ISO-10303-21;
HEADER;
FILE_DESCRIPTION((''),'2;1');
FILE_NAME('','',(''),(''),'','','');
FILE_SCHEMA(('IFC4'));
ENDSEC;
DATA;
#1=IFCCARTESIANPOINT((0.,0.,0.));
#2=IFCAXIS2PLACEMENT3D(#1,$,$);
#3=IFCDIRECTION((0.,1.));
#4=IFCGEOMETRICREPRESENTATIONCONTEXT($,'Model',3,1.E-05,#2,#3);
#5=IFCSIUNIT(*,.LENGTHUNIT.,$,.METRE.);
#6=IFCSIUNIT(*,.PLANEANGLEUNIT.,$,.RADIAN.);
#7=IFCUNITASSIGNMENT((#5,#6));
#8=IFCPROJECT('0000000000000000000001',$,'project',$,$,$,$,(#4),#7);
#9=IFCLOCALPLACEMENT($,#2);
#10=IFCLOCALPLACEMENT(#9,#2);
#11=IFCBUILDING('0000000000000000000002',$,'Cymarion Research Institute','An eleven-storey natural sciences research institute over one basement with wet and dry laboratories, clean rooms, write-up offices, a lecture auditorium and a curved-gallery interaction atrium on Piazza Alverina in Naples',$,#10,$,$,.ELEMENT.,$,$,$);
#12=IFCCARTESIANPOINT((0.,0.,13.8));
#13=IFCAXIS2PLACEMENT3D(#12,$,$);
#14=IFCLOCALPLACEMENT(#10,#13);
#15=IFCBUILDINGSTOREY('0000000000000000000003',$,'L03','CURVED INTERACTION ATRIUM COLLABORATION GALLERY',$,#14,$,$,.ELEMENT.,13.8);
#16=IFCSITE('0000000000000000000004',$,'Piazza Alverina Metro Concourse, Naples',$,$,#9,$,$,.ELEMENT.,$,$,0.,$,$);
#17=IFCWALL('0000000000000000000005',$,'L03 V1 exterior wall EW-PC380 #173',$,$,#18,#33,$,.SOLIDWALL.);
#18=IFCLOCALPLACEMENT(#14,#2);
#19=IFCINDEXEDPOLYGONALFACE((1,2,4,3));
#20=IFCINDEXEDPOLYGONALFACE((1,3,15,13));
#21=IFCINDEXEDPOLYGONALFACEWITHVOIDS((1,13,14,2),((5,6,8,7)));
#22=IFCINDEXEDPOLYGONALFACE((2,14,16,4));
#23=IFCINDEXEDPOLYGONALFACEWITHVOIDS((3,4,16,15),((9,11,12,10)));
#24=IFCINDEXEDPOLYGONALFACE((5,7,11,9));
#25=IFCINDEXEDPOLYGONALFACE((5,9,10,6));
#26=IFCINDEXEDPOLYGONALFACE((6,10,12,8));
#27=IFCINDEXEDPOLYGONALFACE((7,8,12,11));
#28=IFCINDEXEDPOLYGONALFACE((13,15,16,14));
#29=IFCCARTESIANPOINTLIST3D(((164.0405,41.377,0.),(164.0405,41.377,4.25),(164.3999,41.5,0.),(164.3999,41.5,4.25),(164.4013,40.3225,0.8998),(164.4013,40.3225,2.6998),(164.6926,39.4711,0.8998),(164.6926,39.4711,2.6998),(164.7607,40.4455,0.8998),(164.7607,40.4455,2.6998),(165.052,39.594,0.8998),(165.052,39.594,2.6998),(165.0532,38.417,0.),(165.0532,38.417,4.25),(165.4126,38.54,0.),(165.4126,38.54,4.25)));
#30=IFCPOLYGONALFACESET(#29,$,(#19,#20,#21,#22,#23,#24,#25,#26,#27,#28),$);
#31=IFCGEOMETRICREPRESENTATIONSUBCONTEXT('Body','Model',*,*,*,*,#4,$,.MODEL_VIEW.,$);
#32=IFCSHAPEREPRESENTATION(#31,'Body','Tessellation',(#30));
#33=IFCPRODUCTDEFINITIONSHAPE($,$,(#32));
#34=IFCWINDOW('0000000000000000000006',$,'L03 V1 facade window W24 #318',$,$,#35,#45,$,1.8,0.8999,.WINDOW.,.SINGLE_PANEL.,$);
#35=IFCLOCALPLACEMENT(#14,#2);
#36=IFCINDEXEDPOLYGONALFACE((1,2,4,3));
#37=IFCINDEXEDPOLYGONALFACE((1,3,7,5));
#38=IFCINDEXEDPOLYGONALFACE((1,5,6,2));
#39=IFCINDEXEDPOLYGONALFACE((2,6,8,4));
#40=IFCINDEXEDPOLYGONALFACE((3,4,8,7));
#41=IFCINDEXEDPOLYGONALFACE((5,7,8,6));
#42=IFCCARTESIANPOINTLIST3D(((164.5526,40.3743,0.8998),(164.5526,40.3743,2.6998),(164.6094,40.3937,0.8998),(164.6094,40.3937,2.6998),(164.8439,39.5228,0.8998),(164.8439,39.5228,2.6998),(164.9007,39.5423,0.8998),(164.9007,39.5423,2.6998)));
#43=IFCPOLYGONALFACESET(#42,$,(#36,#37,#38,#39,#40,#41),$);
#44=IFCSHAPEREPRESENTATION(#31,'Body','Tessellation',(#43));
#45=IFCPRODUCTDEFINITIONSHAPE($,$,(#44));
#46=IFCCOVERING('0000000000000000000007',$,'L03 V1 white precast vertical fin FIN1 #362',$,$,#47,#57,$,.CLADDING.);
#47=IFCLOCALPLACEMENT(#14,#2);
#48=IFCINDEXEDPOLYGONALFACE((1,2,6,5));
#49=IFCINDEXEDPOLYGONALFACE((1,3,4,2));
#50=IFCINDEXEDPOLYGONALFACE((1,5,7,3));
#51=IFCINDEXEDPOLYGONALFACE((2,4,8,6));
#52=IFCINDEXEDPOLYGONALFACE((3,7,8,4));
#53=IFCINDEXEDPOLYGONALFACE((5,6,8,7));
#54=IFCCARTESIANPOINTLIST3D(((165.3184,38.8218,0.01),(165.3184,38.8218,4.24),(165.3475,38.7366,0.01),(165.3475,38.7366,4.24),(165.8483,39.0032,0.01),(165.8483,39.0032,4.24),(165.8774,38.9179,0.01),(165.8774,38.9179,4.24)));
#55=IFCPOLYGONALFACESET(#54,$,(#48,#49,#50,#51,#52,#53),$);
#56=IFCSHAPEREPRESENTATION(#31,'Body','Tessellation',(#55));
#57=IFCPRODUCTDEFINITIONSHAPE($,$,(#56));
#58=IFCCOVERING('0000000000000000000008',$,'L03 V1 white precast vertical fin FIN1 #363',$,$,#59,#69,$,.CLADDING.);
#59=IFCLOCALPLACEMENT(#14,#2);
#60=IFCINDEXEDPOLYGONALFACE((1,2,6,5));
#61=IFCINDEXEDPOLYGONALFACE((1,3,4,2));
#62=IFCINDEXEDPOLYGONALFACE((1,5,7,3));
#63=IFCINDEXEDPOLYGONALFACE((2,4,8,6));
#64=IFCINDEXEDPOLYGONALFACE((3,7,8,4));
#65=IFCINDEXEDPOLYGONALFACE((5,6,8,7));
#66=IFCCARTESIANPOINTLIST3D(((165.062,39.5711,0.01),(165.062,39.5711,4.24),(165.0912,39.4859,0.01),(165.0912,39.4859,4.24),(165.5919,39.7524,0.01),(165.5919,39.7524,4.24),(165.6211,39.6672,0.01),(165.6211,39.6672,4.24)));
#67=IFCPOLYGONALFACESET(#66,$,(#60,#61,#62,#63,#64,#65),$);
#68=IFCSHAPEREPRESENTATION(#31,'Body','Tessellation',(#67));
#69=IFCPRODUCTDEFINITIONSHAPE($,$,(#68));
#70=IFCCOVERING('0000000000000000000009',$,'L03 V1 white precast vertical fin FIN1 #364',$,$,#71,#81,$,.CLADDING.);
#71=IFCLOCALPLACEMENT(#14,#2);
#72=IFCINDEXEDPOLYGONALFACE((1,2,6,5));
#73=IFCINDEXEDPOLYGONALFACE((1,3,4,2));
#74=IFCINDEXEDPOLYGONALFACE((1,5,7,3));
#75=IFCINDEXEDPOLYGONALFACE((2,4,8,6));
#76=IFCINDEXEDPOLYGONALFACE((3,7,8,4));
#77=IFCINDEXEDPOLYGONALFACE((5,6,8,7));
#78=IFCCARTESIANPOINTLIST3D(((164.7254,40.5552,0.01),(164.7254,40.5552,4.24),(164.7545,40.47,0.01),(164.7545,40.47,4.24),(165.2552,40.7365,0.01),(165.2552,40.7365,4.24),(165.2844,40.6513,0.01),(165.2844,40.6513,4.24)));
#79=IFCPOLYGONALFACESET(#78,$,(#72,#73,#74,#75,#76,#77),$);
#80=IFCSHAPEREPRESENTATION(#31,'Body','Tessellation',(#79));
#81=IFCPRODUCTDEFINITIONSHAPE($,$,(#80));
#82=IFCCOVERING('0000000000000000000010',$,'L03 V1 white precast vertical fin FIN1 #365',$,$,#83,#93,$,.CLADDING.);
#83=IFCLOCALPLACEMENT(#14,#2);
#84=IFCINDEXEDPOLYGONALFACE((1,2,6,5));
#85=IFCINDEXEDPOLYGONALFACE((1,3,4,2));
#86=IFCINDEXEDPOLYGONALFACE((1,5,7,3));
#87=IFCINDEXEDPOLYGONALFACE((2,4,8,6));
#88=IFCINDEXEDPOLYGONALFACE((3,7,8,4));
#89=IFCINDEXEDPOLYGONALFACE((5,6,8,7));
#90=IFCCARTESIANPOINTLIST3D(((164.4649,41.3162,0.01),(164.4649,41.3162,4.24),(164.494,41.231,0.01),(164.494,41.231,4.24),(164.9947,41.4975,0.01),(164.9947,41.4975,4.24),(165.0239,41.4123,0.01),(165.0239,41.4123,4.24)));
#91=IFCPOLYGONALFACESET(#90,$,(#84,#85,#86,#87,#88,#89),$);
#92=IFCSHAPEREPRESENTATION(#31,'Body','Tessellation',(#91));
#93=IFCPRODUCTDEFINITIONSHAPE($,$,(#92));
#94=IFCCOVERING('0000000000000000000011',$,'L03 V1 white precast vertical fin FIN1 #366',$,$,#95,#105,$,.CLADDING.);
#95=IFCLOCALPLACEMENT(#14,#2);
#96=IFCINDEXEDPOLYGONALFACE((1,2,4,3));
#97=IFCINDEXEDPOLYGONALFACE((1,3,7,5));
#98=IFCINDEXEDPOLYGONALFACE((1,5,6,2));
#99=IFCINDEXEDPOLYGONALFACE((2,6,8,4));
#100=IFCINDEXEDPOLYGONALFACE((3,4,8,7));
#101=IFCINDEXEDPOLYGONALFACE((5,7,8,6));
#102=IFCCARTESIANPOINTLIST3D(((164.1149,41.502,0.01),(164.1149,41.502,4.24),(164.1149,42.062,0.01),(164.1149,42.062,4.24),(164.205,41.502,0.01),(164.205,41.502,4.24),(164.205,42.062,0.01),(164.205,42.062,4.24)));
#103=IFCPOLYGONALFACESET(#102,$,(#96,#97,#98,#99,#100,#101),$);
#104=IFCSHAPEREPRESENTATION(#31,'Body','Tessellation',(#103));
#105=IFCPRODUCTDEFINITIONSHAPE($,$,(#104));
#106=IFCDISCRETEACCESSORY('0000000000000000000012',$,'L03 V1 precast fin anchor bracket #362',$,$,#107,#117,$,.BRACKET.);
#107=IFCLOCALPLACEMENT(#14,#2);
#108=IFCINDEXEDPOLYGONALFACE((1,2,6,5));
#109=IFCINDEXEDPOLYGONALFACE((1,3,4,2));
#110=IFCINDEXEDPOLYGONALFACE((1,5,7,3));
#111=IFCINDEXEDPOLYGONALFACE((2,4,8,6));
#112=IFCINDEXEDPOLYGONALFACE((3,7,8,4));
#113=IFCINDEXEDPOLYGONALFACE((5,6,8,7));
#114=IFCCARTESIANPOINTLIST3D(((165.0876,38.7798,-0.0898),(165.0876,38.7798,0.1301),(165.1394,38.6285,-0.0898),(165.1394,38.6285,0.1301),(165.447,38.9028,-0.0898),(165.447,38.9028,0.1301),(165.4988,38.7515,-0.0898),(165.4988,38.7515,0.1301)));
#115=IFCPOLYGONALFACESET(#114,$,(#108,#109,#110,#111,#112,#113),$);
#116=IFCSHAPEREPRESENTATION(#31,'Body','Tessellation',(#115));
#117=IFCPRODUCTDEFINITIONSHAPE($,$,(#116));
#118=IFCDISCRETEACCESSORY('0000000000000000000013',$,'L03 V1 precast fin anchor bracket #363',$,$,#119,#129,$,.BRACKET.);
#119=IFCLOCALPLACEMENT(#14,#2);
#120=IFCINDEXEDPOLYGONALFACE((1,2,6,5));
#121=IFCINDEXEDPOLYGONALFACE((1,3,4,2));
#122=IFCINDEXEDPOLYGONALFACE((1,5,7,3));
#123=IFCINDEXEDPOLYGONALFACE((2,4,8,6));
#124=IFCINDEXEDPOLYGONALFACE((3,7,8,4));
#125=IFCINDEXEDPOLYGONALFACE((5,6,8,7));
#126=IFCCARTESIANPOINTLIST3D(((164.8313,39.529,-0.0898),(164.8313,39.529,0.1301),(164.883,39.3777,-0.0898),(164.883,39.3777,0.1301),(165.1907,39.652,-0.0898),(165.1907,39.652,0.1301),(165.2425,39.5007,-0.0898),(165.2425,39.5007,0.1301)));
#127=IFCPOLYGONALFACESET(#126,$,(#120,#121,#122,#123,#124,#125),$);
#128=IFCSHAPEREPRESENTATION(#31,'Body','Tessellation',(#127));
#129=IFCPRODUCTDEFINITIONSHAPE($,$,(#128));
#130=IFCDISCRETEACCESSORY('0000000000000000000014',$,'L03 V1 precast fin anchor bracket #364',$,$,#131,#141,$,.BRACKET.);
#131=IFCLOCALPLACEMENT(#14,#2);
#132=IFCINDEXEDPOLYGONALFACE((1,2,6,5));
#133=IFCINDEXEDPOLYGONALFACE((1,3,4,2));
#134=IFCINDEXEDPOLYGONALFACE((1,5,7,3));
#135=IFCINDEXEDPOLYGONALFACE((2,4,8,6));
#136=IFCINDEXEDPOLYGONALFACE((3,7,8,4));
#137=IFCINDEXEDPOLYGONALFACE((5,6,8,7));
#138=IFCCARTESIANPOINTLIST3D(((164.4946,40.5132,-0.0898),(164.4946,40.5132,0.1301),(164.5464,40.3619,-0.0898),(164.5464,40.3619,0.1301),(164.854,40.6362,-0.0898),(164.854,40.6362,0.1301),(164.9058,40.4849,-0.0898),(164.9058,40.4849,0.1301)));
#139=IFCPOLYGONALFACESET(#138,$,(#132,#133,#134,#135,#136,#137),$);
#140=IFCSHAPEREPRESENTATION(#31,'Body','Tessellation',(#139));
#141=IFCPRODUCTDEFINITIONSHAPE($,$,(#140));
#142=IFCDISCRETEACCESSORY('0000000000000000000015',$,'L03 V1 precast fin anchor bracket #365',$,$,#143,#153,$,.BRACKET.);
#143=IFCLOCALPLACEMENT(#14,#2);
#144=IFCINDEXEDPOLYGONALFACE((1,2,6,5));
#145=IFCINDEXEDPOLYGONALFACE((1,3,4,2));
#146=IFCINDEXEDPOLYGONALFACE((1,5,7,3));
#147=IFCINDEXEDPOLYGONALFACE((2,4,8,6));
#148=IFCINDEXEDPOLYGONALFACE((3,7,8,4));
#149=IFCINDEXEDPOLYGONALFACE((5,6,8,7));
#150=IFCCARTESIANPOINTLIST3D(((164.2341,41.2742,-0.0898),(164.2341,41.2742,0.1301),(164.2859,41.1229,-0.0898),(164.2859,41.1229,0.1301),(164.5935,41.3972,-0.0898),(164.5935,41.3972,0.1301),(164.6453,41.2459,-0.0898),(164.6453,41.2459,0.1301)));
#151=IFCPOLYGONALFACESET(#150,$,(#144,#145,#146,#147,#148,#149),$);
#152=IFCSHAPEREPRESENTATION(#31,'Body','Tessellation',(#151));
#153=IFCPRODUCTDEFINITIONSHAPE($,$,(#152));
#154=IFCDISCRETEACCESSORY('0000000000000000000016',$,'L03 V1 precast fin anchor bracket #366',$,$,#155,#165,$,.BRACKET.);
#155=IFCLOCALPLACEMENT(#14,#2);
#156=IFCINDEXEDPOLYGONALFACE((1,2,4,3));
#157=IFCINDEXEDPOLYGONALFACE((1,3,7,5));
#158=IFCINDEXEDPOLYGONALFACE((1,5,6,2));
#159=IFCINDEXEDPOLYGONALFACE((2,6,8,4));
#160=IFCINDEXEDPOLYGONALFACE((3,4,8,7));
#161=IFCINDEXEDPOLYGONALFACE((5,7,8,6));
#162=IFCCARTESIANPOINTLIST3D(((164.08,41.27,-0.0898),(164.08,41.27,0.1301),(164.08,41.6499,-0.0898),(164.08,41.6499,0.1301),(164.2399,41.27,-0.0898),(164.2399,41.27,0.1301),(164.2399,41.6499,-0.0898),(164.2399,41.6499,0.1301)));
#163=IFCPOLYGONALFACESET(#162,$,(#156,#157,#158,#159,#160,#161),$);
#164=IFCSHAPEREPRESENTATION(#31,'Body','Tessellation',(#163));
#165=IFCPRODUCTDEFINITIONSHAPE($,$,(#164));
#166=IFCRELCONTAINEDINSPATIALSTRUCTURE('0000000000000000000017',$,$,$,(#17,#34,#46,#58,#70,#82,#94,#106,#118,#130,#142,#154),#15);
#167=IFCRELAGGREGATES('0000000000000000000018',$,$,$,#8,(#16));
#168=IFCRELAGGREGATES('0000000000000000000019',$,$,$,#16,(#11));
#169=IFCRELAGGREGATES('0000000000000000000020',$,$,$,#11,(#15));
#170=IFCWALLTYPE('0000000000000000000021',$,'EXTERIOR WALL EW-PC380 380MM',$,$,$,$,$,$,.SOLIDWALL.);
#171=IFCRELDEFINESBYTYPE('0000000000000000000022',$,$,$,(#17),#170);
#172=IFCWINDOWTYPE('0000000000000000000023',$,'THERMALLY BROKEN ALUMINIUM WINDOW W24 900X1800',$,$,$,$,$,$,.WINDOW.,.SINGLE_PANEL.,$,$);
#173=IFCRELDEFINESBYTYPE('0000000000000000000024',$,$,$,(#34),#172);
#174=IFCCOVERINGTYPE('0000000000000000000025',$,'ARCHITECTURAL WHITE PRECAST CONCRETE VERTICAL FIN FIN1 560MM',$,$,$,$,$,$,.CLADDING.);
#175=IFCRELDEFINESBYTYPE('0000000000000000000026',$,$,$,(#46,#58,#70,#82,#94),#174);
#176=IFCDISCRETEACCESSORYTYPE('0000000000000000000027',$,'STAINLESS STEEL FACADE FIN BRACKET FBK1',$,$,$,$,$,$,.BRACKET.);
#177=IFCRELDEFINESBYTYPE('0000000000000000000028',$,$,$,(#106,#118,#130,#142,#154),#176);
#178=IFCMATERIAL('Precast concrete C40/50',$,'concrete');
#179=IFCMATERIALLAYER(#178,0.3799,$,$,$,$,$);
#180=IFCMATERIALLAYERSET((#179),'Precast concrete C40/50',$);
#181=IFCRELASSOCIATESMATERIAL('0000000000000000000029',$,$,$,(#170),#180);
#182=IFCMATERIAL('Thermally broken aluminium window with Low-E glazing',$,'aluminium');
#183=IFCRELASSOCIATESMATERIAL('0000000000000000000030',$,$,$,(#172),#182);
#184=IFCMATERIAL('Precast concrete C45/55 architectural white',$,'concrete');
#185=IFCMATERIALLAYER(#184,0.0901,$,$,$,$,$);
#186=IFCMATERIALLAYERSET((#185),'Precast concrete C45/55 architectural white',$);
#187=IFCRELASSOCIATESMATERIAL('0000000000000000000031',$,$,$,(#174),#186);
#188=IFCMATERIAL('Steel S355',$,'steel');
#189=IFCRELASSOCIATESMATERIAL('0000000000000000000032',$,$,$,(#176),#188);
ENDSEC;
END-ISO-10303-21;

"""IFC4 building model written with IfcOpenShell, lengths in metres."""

from ifc_helpers import new_model, si_unit, direction, frame, frame_2d, origin, origin_2d, place, context, subcontext, project, spatial, rectangle, extrude, material, layer, layer_set, type_object, element, fill, save


model = new_model("IFC4")

# Units and contexts
model_context = context("Model", 3, precision=1e-05, world=origin(), true_north=direction((0.0, 1.0)))
body_context = subcontext(model_context, "Body", "Model", "MODEL_VIEW")
ifc_project = project(units=[si_unit("LENGTHUNIT", "METRE"), si_unit("PLANEANGLEUNIT", "RADIAN")], contexts=[model_context])

# Site, building, storey
site_placement = place(None, origin())
site = spatial("IfcSite", under=ifc_project, at=site_placement, Name="Piazza Alverina Metro Concourse, Naples", CompositionType="ELEMENT", RefElevation=0.0)
building_placement = place(site_placement, origin())
building = spatial("IfcBuilding", under=site, at=building_placement, Name="Cymarion Research Institute", Description="An eleven-storey natural sciences research institute over one basement with wet and dry laboratories, clean rooms, write-up offices, a lecture auditorium and a curved-gallery interaction atrium on Piazza Alverina in Naples", CompositionType="ELEMENT")
storey_placement = place(building_placement, frame((0.0, 0.0, 13.8)))
storey = spatial("IfcBuildingStorey", under=building, at=storey_placement, Name="L03", Description="CURVED INTERACTION ATRIUM COLLABORATION GALLERY", CompositionType="ELEMENT", Elevation=13.8)

# Wall, opening, window
ifc_material_1 = material(Name="Precast concrete C40/50", Category="concrete")
ifc_layer_1 = layer(ifc_material_1, 0.3799)
ifc_layer_set_1 = layer_set([ifc_layer_1], Name="Precast concrete C40/50")
wall_type = type_object("IfcWallType", Name="EXTERIOR WALL EW-PC380 380MM", PredefinedType="SOLIDWALL", material=ifc_layer_set_1)
wall_placement = place(storey_placement, frame((165.2329, 38.4785, 0.0), z_axis=(0.0, 0.0, 1.0), x_axis=(-0.32371, 0.946156, 0.0)))
wall = element("IfcWall", 1, at=wall_placement, inside=storey, type_object=wall_type, Name="L03 V1 exterior wall EW-PC380 #173", PredefinedType="SOLIDWALL", context=body_context, shape_type="SweptSolid", body=[
    extrude(rectangle(XDim=3.1284, YDim=0.3799, at=frame_2d((1.5642, 0.0))), origin(), (0.0, 0.0, 1.0), 4.25),
])
opening_placement = place(wall_placement, frame((1.114, 0.0, 0.8999)))
opening = element("IfcOpeningElement", 2, at=opening_placement, cuts=wall, PredefinedType="OPENING", context=body_context, shape_type="SweptSolid", body=[
    extrude(rectangle(XDim=0.8999, YDim=1.8, at=frame_2d((0.45, 0.8999))), frame((0.0, 0.2, 0.0), z_axis=(0.0, -1.0, 0.0), x_axis=(1.0, 0.0, 0.0)), (0.0, 0.0, 1.0), 0.3999),
])
ifc_material_2 = material(Name="Thermally broken aluminium window with Low-E glazing", Category="aluminium")
window_type = type_object("IfcWindowType", Name="THERMALLY BROKEN ALUMINIUM WINDOW W24 900X1800", PartitioningType="SINGLE_PANEL", PredefinedType="WINDOW", material=ifc_material_2)
window_placement = place(opening_placement, origin())
window = element("IfcWindow", 3, at=window_placement, inside=storey, type_object=window_type, Name="L03 V1 facade window W24 #318", OverallHeight=1.8, OverallWidth=0.8999, PartitioningType="SINGLE_PANEL", PredefinedType="WINDOW", context=body_context, shape_type="SweptSolid", body=[
    extrude(rectangle(XDim=0.8999, YDim=1.8, at=frame_2d((0.45, 0.8999))), frame((0.0, 0.03, 0.0), z_axis=(0.0, -1.0, 0.0), x_axis=(1.0, 0.0, 0.0)), (0.0, 0.0, 1.0), 0.0601),
])
fill(opening, window)

# Coverings
ifc_material_3 = material(Name="Precast concrete C45/55 architectural white", Category="concrete")
ifc_layer_2 = layer(ifc_material_3, 0.0901)
ifc_layer_set_2 = layer_set([ifc_layer_2], Name="Precast concrete C45/55 architectural white")
covering_type = type_object("IfcCoveringType", Name="ARCHITECTURAL WHITE PRECAST CONCRETE VERTICAL FIN FIN1 560MM", PredefinedType="CLADDING", material=ifc_layer_set_2)
for number, where, z_axis, x_axis, name in (
    (4, (165.5979, 38.8699, 0.01), (0.0, 0.0, 1.0), (0.946142, 0.323752, 0.0), "L03 V1 white precast vertical fin FIN1 #362"),
    (5, (165.3416, 39.6191, 0.01), (0.0, 0.0, 1.0), (0.946142, 0.323752, 0.0), "L03 V1 white precast vertical fin FIN1 #363"),
    (6, (165.0049, 40.6033, 0.01), (0.0, 0.0, 1.0), (0.946142, 0.323752, 0.0), "L03 V1 white precast vertical fin FIN1 #364"),
    (7, (164.7444, 41.3643, 0.01), (0.0, 0.0, 1.0), (0.946142, 0.323752, 0.0), "L03 V1 white precast vertical fin FIN1 #365"),
    (8, (164.1599, 41.782, 0.01), (0.0, 0.0, 1.0), (0.0, 1.0, 0.0), "L03 V1 white precast vertical fin FIN1 #366"),
):
    element("IfcCovering", number, at=place(storey_placement, frame(where, z_axis=z_axis, x_axis=x_axis)), inside=storey, type_object=covering_type, Name=name, PredefinedType="CLADDING", context=body_context, shape_type="SweptSolid", body=[
        extrude(rectangle(XDim=0.5601, YDim=0.0901, at=origin_2d()), origin(), (0.0, 0.0, 1.0), 4.23),
    ])

# Discrete accessories
ifc_material_4 = material(Name="Steel S355", Category="steel")
discrete_accessory_type = type_object("IfcDiscreteAccessoryType", Name="STAINLESS STEEL FACADE FIN BRACKET FBK1", PredefinedType="BRACKET", material=ifc_material_4)
for number, where, z_axis, x_axis, name in (
    (9, (165.2932, 38.7656, -0.0898), (0.0, 0.0, 1.0), (0.946142, 0.323752, 0.0), "L03 V1 precast fin anchor bracket #362"),
    (10, (165.0369, 39.5149, -0.0898), (0.0, 0.0, 1.0), (0.946142, 0.323752, 0.0), "L03 V1 precast fin anchor bracket #363"),
    (11, (164.7002, 40.499, -0.0898), (0.0, 0.0, 1.0), (0.946142, 0.323752, 0.0), "L03 V1 precast fin anchor bracket #364"),
    (12, (164.4397, 41.26, -0.0898), (0.0, 0.0, 1.0), (0.946142, 0.323752, 0.0), "L03 V1 precast fin anchor bracket #365"),
    (13, (164.1599, 41.46, -0.0898), (0.0, 0.0, 1.0), (0.0, 1.0, 0.0), "L03 V1 precast fin anchor bracket #366"),
):
    element("IfcDiscreteAccessory", number, at=place(storey_placement, frame(where, z_axis=z_axis, x_axis=x_axis)), inside=storey, type_object=discrete_accessory_type, Name=name, PredefinedType="BRACKET", context=body_context, shape_type="SweptSolid", body=[
        extrude(rectangle(XDim=0.3799, YDim=0.1599, at=origin_2d()), origin(), (0.0, 0.0, 1.0), 0.22),
    ])

save(model, "model.ifc")
